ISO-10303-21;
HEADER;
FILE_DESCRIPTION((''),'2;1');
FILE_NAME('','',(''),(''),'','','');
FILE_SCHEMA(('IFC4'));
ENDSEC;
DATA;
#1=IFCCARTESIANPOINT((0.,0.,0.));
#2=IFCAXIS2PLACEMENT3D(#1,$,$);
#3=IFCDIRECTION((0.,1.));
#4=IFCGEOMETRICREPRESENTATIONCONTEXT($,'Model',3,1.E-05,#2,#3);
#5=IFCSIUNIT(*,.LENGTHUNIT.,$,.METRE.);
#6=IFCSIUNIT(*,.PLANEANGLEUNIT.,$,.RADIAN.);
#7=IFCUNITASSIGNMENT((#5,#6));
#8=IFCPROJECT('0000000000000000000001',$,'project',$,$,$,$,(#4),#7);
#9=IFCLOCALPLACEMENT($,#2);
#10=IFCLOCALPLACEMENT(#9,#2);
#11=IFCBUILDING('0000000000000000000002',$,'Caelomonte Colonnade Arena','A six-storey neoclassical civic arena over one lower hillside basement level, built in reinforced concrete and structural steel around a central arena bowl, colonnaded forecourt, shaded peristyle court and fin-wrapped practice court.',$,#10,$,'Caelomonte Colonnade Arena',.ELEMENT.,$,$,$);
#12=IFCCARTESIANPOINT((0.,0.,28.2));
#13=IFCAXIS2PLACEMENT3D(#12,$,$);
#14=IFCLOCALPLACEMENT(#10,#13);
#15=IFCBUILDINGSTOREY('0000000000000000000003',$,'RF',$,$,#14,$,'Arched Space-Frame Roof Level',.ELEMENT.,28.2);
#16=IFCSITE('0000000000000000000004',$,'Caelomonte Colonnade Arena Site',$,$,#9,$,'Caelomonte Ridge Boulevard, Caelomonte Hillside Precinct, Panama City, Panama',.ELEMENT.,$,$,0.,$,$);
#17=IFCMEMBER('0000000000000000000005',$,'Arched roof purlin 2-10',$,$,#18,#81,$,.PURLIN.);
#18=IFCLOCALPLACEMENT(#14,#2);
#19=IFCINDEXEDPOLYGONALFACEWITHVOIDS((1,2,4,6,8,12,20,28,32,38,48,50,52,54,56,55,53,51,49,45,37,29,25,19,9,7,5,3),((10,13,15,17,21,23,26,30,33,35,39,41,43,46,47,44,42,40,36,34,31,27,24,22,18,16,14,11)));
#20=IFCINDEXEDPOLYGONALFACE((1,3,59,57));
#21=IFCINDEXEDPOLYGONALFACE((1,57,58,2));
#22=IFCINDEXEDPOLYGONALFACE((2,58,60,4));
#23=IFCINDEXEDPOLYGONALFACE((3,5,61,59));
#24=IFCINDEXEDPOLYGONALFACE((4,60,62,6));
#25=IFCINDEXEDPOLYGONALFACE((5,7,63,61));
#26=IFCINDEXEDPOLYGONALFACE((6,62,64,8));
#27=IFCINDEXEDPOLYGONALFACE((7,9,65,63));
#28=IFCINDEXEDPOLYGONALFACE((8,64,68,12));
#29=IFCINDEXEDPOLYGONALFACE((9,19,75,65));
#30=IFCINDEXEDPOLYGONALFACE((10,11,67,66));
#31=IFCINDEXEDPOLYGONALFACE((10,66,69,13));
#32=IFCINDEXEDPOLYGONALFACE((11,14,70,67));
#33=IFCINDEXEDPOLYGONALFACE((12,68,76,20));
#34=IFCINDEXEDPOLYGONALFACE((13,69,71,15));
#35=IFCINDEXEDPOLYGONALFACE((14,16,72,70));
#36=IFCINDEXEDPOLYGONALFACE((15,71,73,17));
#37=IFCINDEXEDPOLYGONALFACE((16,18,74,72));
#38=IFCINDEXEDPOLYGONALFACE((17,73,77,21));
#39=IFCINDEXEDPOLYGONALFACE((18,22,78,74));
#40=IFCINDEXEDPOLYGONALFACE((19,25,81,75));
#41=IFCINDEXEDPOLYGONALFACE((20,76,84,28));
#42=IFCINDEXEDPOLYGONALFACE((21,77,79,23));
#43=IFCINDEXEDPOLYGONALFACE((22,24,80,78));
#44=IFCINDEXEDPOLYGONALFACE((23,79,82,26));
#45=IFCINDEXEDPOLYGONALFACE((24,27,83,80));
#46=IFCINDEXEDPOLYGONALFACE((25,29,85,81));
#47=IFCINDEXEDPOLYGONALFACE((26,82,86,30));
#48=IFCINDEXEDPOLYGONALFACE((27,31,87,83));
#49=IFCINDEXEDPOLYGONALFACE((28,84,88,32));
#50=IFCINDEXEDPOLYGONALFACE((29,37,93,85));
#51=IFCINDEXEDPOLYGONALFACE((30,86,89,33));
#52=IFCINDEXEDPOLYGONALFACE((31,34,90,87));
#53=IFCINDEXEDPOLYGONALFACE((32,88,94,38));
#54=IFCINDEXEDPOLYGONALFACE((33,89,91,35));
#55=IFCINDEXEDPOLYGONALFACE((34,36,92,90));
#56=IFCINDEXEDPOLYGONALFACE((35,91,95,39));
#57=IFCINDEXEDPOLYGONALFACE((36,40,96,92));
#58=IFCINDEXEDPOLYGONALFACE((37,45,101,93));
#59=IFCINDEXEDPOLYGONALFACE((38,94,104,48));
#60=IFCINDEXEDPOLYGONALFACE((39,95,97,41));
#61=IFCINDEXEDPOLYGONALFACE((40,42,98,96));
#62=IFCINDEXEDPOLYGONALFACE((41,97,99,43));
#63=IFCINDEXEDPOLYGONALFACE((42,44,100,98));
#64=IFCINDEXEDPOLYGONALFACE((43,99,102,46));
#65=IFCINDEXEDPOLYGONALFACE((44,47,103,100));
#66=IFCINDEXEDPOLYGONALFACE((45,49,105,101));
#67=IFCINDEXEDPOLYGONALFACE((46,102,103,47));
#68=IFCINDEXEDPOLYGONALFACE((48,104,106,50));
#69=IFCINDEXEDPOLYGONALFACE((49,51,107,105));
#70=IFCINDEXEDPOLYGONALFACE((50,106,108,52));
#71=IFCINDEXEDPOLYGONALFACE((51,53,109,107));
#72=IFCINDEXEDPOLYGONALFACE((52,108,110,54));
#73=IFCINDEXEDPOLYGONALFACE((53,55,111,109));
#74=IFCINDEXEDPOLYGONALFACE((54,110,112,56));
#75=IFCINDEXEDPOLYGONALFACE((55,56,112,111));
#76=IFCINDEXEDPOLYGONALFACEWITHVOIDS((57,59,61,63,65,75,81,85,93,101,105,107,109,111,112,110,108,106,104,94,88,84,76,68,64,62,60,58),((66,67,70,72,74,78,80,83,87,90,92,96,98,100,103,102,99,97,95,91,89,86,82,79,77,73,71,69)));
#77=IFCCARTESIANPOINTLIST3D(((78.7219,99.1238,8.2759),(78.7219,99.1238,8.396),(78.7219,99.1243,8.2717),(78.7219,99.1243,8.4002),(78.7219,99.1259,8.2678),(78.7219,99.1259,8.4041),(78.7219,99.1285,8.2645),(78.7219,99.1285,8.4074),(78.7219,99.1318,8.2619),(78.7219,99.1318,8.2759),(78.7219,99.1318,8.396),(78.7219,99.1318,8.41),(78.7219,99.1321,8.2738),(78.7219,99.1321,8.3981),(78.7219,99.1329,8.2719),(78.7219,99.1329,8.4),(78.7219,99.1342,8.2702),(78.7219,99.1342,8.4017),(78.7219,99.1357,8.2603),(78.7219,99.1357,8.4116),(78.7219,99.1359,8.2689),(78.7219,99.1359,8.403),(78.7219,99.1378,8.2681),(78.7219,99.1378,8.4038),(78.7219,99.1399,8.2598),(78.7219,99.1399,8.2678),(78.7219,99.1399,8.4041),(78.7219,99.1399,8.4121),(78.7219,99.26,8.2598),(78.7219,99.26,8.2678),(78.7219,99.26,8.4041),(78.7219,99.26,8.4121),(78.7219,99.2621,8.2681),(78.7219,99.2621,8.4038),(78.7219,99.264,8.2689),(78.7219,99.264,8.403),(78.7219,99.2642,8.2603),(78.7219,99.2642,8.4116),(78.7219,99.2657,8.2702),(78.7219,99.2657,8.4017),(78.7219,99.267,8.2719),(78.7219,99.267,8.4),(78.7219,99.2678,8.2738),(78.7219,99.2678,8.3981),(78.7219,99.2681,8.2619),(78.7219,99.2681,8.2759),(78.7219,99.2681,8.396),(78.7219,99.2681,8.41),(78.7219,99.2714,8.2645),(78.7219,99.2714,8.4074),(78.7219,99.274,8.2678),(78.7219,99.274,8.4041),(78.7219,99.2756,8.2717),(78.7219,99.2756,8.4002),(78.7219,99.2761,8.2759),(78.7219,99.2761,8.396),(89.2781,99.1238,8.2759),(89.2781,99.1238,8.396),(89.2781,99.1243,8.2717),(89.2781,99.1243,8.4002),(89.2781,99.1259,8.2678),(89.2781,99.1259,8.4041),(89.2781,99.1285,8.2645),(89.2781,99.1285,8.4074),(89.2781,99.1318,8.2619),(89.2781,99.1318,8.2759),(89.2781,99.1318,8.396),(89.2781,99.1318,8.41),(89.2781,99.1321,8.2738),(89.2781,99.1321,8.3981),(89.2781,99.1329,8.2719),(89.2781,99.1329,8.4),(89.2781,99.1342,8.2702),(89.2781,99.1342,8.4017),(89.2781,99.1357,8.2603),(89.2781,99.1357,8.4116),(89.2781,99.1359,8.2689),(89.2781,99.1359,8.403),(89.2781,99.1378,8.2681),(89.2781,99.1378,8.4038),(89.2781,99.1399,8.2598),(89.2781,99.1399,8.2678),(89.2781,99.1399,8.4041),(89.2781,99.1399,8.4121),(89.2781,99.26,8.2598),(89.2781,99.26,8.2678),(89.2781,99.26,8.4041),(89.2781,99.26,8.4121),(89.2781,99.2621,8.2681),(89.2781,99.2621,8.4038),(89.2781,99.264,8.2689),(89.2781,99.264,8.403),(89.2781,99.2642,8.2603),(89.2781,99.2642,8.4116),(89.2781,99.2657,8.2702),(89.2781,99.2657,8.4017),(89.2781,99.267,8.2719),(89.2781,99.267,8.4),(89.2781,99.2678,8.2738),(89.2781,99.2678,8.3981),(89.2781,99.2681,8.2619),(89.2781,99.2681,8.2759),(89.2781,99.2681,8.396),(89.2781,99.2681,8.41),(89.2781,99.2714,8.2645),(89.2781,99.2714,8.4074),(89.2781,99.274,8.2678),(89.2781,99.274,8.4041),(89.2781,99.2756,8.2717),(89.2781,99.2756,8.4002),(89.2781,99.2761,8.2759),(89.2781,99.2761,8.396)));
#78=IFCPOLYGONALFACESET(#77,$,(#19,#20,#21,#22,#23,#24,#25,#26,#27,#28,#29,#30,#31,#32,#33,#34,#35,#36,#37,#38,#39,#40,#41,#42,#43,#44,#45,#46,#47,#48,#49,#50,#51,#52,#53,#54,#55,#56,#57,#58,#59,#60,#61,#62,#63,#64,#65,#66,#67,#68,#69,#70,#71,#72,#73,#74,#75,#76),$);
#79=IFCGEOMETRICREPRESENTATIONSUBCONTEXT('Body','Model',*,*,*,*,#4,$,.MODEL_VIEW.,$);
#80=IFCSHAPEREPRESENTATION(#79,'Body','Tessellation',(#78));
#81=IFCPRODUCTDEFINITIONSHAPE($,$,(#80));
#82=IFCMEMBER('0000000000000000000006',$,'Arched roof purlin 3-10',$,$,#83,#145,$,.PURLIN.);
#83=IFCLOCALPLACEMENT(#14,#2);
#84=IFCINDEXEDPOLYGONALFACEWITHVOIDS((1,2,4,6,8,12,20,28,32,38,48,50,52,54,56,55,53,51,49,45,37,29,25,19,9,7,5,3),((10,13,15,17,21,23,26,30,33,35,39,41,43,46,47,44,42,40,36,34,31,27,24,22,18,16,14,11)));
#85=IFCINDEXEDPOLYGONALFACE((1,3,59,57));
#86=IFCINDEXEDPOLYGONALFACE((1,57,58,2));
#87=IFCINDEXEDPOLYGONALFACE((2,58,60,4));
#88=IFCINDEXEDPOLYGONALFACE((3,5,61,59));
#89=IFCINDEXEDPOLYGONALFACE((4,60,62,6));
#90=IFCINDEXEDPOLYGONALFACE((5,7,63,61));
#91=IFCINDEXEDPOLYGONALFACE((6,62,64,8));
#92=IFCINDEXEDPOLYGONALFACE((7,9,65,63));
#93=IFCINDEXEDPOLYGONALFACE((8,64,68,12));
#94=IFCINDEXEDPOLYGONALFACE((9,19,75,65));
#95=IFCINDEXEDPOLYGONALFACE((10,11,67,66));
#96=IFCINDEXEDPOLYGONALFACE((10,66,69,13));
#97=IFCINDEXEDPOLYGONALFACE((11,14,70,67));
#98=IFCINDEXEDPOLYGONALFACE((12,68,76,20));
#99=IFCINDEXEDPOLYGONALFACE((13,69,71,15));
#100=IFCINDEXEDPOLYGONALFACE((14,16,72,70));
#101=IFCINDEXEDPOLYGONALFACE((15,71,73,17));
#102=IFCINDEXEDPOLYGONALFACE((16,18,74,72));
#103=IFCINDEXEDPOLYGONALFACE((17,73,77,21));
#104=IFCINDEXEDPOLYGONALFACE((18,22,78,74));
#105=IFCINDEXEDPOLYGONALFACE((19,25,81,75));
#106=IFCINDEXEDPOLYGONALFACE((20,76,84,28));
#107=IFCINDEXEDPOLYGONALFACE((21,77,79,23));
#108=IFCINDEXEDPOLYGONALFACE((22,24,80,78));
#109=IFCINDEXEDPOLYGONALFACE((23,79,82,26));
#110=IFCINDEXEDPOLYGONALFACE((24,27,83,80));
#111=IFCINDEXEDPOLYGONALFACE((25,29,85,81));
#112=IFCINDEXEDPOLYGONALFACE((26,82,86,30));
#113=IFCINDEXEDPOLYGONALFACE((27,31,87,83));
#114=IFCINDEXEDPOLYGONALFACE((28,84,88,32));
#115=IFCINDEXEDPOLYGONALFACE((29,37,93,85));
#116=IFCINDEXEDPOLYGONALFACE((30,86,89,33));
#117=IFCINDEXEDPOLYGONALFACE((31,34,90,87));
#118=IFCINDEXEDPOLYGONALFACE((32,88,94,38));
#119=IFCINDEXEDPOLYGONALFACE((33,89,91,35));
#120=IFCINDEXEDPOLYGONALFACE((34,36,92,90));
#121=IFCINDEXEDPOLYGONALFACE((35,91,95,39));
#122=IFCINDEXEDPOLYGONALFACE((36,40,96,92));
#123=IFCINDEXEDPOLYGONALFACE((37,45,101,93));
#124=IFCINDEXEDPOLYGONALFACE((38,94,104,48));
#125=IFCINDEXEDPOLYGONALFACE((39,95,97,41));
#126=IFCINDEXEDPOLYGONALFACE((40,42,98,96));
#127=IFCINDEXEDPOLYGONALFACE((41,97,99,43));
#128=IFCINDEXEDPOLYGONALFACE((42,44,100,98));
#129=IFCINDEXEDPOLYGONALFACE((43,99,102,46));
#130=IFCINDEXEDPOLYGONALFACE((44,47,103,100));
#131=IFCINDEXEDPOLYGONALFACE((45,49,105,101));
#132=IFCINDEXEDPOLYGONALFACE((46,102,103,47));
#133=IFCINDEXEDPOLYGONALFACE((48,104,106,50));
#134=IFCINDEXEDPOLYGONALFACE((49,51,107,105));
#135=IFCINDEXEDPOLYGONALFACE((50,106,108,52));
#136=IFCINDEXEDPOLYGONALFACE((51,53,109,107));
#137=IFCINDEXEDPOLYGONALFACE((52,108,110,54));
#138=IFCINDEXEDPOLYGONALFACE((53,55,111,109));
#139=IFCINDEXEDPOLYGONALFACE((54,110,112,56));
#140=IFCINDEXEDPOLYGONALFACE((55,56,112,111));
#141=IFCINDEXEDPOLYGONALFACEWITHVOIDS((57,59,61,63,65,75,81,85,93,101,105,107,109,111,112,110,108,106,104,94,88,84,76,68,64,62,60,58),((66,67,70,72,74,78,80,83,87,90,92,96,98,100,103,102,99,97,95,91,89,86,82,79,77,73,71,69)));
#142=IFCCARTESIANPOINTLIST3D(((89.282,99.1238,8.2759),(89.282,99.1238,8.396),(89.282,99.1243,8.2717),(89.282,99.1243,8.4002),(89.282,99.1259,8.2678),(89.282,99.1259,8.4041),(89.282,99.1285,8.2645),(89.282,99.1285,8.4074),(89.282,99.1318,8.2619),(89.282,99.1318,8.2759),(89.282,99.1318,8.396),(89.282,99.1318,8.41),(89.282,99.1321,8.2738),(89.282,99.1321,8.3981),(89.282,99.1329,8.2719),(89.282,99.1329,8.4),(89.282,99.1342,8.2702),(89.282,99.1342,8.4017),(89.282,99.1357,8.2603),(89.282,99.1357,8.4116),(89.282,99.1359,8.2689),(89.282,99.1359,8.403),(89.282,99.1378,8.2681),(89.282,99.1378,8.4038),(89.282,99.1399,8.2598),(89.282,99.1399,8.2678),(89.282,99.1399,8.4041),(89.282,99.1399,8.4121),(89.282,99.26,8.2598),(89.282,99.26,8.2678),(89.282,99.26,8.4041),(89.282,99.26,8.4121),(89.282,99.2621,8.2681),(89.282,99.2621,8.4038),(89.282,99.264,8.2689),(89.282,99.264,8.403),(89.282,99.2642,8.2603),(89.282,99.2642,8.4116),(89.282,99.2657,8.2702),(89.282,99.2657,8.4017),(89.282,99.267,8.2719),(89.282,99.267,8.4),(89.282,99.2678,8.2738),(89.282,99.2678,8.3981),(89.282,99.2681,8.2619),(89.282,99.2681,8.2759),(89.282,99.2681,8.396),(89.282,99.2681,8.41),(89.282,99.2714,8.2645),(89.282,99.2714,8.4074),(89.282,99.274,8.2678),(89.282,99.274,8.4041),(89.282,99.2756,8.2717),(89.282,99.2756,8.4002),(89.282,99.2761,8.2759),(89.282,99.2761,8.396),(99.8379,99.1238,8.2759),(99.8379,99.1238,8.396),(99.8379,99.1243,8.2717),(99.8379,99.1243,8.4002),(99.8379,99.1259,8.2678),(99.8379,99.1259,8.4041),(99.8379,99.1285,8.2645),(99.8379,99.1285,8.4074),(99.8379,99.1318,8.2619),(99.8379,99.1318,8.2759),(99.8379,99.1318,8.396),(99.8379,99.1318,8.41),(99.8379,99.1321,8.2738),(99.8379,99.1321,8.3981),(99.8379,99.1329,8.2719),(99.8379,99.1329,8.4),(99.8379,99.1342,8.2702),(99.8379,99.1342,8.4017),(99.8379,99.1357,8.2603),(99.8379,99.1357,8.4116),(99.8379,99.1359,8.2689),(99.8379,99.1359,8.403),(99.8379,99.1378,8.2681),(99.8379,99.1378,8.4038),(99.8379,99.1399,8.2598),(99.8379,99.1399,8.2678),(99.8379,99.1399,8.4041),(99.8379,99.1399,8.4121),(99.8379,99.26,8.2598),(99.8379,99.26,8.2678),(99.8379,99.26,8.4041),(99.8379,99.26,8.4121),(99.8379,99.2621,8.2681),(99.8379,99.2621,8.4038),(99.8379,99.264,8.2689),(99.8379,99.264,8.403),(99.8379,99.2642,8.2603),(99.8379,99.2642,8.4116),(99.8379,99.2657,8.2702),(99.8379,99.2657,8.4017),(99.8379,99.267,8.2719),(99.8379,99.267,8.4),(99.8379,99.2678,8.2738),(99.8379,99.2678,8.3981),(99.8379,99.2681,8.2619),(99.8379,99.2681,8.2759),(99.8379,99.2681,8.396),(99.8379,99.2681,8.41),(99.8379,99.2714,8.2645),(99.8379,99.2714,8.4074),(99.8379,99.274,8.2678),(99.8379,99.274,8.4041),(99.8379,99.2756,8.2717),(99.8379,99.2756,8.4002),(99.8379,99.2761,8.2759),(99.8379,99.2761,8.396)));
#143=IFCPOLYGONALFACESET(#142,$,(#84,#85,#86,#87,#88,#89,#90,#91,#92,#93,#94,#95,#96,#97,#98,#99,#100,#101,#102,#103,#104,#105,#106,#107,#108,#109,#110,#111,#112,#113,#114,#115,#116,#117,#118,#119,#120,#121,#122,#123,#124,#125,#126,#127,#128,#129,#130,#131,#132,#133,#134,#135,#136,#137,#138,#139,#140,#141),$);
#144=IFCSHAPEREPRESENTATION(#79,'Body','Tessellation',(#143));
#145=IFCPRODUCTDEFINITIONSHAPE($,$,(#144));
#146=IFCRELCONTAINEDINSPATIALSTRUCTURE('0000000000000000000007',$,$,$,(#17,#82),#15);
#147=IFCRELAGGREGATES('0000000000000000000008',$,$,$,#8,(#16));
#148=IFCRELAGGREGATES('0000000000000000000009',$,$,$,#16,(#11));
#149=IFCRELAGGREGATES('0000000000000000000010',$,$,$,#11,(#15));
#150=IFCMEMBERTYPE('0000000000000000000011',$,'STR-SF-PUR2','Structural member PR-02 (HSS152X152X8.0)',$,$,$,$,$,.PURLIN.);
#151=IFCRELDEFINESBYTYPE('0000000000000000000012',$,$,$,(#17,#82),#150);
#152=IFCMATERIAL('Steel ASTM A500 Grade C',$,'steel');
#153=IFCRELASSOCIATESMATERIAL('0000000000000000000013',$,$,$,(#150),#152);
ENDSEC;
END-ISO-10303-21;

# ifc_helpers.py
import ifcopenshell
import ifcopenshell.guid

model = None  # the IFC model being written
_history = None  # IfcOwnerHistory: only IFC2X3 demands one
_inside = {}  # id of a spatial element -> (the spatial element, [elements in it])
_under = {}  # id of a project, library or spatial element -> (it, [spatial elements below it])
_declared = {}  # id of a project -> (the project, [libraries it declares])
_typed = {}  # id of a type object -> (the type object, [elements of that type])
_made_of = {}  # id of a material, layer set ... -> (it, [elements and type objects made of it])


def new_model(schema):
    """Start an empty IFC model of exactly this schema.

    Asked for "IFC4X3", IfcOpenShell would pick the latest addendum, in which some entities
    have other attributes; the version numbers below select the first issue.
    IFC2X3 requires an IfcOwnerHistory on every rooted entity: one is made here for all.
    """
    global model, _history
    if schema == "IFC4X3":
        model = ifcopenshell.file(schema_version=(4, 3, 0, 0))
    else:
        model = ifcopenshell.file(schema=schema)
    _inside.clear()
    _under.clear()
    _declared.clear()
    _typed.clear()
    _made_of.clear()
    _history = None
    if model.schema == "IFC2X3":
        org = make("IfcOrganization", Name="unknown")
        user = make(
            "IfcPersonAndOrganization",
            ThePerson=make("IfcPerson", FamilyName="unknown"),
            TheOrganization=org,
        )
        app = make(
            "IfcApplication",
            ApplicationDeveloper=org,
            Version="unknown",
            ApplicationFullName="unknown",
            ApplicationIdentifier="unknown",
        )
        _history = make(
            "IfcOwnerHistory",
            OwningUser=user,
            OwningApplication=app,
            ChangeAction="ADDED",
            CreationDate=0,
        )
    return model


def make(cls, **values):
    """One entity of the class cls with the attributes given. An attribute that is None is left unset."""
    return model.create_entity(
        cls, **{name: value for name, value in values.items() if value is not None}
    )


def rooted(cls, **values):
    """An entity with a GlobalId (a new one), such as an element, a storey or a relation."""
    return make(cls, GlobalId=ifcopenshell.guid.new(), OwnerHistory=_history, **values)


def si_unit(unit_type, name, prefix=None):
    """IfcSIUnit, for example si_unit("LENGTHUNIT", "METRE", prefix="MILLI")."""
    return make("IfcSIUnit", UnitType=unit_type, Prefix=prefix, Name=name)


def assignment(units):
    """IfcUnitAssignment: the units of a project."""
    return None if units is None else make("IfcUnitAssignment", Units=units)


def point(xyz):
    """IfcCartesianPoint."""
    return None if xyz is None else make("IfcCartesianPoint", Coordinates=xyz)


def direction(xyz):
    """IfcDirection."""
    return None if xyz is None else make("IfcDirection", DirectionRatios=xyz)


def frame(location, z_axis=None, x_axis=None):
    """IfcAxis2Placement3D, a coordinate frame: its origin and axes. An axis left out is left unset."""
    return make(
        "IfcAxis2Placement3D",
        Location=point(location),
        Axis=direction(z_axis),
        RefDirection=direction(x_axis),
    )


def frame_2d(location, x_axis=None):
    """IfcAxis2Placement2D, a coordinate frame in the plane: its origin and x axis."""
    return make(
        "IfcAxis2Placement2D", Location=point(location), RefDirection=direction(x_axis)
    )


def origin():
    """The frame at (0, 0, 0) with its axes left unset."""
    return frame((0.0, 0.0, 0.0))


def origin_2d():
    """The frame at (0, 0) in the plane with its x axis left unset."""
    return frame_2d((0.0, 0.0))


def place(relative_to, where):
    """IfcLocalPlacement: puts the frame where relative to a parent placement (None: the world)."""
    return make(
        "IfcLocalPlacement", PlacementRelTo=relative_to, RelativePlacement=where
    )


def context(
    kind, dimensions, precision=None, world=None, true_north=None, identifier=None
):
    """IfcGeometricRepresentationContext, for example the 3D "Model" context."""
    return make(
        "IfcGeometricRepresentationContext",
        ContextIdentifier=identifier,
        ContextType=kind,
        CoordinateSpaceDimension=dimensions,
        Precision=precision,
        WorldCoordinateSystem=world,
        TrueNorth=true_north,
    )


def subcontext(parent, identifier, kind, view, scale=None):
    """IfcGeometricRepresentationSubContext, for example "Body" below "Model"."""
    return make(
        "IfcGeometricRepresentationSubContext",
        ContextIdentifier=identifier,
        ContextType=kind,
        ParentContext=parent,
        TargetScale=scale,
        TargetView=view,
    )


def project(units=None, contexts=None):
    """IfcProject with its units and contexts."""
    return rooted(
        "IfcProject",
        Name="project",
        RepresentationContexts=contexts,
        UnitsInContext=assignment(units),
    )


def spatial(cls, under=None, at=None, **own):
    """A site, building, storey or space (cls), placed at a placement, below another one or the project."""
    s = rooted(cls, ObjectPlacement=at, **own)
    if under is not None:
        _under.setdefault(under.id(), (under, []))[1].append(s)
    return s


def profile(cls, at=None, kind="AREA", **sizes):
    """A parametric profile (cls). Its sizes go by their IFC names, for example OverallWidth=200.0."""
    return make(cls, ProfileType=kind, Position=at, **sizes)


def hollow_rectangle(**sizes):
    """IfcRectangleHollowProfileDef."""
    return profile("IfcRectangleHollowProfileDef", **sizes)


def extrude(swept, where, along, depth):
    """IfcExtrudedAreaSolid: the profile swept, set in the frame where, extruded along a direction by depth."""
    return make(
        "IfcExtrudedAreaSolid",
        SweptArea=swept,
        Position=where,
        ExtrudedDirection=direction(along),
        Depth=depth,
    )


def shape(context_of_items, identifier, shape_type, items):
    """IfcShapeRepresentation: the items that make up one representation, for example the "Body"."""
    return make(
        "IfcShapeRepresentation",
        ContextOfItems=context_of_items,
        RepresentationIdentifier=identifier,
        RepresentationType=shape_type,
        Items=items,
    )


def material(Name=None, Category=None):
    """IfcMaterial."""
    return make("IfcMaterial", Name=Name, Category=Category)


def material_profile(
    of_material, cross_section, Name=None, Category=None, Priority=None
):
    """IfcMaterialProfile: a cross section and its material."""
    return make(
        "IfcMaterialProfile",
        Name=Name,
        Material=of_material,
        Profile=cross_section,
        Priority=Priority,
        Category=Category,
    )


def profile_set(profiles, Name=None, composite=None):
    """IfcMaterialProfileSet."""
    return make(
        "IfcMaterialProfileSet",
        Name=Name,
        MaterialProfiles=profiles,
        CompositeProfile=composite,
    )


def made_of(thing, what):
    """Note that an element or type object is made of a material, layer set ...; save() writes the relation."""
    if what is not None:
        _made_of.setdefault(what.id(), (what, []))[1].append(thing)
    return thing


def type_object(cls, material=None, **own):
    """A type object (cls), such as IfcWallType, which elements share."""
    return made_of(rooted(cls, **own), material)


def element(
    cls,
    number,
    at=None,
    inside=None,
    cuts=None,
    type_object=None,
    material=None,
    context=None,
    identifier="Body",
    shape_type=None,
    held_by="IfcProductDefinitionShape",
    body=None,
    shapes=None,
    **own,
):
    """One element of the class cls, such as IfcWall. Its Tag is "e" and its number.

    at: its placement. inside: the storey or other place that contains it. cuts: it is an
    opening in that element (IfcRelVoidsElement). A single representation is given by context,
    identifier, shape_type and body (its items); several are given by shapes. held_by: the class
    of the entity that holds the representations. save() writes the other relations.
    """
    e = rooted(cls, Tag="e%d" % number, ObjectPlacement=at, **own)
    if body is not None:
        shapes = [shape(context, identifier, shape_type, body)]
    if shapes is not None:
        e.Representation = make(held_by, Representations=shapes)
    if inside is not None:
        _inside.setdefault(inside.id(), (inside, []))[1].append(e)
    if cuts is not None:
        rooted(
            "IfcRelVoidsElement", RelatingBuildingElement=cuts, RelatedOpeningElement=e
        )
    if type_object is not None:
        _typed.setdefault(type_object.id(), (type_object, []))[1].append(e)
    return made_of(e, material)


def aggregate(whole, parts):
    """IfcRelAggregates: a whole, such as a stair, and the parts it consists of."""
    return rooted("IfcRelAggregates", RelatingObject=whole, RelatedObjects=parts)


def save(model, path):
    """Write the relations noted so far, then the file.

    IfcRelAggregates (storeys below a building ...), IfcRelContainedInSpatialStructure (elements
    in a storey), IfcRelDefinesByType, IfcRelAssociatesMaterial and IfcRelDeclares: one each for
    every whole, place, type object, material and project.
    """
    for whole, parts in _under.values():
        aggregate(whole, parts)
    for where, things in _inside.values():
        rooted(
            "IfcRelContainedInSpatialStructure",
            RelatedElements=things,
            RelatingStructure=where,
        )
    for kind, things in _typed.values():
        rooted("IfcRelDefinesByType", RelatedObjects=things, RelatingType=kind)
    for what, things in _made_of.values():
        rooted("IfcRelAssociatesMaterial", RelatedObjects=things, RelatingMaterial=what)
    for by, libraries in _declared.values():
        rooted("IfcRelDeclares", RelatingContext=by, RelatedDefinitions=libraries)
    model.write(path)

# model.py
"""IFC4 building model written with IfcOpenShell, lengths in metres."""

from ifc_helpers import new_model, si_unit, direction, frame, origin, origin_2d, place, context, subcontext, project, spatial, hollow_rectangle, extrude, material, material_profile, profile_set, type_object, element, save


model = new_model("IFC4")

# Units and contexts
model_context = context("Model", 3, precision=1e-05, world=origin(), true_north=direction((0.0, 1.0)))
body_context = subcontext(model_context, "Body", "Model", "MODEL_VIEW")
ifc_project = project(units=[si_unit("LENGTHUNIT", "METRE"), si_unit("PLANEANGLEUNIT", "RADIAN")], contexts=[model_context])

# Site, building, storey
site_placement = place(None, origin())
site = spatial("IfcSite", under=ifc_project, at=site_placement, Name="Caelomonte Colonnade Arena Site", LongName="Caelomonte Ridge Boulevard, Caelomonte Hillside Precinct, Panama City, Panama", CompositionType="ELEMENT", RefElevation=0.0)
building_placement = place(site_placement, origin())
building = spatial("IfcBuilding", under=site, at=building_placement, Name="Caelomonte Colonnade Arena", Description="A six-storey neoclassical civic arena over one lower hillside basement level, built in reinforced concrete and structural steel around a central arena bowl, colonnaded forecourt, shaded peristyle court and fin-wrapped practice court.", LongName="Caelomonte Colonnade Arena", CompositionType="ELEMENT")
storey_placement = place(building_placement, frame((0.0, 0.0, 28.2)))
storey = spatial("IfcBuildingStorey", under=building, at=storey_placement, Name="RF", LongName="Arched Space-Frame Roof Level", CompositionType="ELEMENT", Elevation=28.2)

# Members
ifc_material_1 = material(Name="Steel ASTM A500 Grade C", Category="steel")
ifc_material_profile_1 = material_profile(ifc_material_1, hollow_rectangle(XDim=0.1523, YDim=0.1523, WallThickness=0.0081, InnerFilletRadius=0.0081, OuterFilletRadius=0.0161, at=origin_2d()), Name="HSS152X152X8.0")
ifc_profile_set_1 = profile_set([ifc_material_profile_1], Name="Steel ASTM A500 Grade C")
member_type_1 = type_object("IfcMemberType", Name="STR-SF-PUR2", Description="Structural member PR-02 (HSS152X152X8.0)", PredefinedType="PURLIN", material=ifc_profile_set_1)
member_1_placement = place(storey_placement, frame((78.7219, 99.2, 8.3359), z_axis=(1.0, 0.0, 0.0), x_axis=(0.0, 1.0, 0.0)))
element("IfcMember", 1, at=member_1_placement, inside=storey, type_object=member_type_1, Name="Arched roof purlin 2-10", PredefinedType="PURLIN", context=body_context, shape_type="SweptSolid", body=[
    extrude(hollow_rectangle(XDim=0.1523, YDim=0.1523, WallThickness=0.0081, InnerFilletRadius=0.0081, OuterFilletRadius=0.0161, at=origin_2d()), origin(), (0.0, 0.0, 1.0), 10.5562),
])
member_2_placement = place(storey_placement, frame((89.282, 99.2, 8.3359), z_axis=(1.0, 0.0, 0.0), x_axis=(0.0, 1.0, 0.0)))
element("IfcMember", 2, at=member_2_placement, inside=storey, type_object=member_type_1, Name="Arched roof purlin 3-10", PredefinedType="PURLIN", context=body_context, shape_type="SweptSolid", body=[
    extrude(hollow_rectangle(XDim=0.1523, YDim=0.1523, WallThickness=0.0081, InnerFilletRadius=0.0081, OuterFilletRadius=0.0161, at=origin_2d()), origin(), (0.0, 0.0, 1.0), 10.5559),
])

save(model, "model.ifc")
